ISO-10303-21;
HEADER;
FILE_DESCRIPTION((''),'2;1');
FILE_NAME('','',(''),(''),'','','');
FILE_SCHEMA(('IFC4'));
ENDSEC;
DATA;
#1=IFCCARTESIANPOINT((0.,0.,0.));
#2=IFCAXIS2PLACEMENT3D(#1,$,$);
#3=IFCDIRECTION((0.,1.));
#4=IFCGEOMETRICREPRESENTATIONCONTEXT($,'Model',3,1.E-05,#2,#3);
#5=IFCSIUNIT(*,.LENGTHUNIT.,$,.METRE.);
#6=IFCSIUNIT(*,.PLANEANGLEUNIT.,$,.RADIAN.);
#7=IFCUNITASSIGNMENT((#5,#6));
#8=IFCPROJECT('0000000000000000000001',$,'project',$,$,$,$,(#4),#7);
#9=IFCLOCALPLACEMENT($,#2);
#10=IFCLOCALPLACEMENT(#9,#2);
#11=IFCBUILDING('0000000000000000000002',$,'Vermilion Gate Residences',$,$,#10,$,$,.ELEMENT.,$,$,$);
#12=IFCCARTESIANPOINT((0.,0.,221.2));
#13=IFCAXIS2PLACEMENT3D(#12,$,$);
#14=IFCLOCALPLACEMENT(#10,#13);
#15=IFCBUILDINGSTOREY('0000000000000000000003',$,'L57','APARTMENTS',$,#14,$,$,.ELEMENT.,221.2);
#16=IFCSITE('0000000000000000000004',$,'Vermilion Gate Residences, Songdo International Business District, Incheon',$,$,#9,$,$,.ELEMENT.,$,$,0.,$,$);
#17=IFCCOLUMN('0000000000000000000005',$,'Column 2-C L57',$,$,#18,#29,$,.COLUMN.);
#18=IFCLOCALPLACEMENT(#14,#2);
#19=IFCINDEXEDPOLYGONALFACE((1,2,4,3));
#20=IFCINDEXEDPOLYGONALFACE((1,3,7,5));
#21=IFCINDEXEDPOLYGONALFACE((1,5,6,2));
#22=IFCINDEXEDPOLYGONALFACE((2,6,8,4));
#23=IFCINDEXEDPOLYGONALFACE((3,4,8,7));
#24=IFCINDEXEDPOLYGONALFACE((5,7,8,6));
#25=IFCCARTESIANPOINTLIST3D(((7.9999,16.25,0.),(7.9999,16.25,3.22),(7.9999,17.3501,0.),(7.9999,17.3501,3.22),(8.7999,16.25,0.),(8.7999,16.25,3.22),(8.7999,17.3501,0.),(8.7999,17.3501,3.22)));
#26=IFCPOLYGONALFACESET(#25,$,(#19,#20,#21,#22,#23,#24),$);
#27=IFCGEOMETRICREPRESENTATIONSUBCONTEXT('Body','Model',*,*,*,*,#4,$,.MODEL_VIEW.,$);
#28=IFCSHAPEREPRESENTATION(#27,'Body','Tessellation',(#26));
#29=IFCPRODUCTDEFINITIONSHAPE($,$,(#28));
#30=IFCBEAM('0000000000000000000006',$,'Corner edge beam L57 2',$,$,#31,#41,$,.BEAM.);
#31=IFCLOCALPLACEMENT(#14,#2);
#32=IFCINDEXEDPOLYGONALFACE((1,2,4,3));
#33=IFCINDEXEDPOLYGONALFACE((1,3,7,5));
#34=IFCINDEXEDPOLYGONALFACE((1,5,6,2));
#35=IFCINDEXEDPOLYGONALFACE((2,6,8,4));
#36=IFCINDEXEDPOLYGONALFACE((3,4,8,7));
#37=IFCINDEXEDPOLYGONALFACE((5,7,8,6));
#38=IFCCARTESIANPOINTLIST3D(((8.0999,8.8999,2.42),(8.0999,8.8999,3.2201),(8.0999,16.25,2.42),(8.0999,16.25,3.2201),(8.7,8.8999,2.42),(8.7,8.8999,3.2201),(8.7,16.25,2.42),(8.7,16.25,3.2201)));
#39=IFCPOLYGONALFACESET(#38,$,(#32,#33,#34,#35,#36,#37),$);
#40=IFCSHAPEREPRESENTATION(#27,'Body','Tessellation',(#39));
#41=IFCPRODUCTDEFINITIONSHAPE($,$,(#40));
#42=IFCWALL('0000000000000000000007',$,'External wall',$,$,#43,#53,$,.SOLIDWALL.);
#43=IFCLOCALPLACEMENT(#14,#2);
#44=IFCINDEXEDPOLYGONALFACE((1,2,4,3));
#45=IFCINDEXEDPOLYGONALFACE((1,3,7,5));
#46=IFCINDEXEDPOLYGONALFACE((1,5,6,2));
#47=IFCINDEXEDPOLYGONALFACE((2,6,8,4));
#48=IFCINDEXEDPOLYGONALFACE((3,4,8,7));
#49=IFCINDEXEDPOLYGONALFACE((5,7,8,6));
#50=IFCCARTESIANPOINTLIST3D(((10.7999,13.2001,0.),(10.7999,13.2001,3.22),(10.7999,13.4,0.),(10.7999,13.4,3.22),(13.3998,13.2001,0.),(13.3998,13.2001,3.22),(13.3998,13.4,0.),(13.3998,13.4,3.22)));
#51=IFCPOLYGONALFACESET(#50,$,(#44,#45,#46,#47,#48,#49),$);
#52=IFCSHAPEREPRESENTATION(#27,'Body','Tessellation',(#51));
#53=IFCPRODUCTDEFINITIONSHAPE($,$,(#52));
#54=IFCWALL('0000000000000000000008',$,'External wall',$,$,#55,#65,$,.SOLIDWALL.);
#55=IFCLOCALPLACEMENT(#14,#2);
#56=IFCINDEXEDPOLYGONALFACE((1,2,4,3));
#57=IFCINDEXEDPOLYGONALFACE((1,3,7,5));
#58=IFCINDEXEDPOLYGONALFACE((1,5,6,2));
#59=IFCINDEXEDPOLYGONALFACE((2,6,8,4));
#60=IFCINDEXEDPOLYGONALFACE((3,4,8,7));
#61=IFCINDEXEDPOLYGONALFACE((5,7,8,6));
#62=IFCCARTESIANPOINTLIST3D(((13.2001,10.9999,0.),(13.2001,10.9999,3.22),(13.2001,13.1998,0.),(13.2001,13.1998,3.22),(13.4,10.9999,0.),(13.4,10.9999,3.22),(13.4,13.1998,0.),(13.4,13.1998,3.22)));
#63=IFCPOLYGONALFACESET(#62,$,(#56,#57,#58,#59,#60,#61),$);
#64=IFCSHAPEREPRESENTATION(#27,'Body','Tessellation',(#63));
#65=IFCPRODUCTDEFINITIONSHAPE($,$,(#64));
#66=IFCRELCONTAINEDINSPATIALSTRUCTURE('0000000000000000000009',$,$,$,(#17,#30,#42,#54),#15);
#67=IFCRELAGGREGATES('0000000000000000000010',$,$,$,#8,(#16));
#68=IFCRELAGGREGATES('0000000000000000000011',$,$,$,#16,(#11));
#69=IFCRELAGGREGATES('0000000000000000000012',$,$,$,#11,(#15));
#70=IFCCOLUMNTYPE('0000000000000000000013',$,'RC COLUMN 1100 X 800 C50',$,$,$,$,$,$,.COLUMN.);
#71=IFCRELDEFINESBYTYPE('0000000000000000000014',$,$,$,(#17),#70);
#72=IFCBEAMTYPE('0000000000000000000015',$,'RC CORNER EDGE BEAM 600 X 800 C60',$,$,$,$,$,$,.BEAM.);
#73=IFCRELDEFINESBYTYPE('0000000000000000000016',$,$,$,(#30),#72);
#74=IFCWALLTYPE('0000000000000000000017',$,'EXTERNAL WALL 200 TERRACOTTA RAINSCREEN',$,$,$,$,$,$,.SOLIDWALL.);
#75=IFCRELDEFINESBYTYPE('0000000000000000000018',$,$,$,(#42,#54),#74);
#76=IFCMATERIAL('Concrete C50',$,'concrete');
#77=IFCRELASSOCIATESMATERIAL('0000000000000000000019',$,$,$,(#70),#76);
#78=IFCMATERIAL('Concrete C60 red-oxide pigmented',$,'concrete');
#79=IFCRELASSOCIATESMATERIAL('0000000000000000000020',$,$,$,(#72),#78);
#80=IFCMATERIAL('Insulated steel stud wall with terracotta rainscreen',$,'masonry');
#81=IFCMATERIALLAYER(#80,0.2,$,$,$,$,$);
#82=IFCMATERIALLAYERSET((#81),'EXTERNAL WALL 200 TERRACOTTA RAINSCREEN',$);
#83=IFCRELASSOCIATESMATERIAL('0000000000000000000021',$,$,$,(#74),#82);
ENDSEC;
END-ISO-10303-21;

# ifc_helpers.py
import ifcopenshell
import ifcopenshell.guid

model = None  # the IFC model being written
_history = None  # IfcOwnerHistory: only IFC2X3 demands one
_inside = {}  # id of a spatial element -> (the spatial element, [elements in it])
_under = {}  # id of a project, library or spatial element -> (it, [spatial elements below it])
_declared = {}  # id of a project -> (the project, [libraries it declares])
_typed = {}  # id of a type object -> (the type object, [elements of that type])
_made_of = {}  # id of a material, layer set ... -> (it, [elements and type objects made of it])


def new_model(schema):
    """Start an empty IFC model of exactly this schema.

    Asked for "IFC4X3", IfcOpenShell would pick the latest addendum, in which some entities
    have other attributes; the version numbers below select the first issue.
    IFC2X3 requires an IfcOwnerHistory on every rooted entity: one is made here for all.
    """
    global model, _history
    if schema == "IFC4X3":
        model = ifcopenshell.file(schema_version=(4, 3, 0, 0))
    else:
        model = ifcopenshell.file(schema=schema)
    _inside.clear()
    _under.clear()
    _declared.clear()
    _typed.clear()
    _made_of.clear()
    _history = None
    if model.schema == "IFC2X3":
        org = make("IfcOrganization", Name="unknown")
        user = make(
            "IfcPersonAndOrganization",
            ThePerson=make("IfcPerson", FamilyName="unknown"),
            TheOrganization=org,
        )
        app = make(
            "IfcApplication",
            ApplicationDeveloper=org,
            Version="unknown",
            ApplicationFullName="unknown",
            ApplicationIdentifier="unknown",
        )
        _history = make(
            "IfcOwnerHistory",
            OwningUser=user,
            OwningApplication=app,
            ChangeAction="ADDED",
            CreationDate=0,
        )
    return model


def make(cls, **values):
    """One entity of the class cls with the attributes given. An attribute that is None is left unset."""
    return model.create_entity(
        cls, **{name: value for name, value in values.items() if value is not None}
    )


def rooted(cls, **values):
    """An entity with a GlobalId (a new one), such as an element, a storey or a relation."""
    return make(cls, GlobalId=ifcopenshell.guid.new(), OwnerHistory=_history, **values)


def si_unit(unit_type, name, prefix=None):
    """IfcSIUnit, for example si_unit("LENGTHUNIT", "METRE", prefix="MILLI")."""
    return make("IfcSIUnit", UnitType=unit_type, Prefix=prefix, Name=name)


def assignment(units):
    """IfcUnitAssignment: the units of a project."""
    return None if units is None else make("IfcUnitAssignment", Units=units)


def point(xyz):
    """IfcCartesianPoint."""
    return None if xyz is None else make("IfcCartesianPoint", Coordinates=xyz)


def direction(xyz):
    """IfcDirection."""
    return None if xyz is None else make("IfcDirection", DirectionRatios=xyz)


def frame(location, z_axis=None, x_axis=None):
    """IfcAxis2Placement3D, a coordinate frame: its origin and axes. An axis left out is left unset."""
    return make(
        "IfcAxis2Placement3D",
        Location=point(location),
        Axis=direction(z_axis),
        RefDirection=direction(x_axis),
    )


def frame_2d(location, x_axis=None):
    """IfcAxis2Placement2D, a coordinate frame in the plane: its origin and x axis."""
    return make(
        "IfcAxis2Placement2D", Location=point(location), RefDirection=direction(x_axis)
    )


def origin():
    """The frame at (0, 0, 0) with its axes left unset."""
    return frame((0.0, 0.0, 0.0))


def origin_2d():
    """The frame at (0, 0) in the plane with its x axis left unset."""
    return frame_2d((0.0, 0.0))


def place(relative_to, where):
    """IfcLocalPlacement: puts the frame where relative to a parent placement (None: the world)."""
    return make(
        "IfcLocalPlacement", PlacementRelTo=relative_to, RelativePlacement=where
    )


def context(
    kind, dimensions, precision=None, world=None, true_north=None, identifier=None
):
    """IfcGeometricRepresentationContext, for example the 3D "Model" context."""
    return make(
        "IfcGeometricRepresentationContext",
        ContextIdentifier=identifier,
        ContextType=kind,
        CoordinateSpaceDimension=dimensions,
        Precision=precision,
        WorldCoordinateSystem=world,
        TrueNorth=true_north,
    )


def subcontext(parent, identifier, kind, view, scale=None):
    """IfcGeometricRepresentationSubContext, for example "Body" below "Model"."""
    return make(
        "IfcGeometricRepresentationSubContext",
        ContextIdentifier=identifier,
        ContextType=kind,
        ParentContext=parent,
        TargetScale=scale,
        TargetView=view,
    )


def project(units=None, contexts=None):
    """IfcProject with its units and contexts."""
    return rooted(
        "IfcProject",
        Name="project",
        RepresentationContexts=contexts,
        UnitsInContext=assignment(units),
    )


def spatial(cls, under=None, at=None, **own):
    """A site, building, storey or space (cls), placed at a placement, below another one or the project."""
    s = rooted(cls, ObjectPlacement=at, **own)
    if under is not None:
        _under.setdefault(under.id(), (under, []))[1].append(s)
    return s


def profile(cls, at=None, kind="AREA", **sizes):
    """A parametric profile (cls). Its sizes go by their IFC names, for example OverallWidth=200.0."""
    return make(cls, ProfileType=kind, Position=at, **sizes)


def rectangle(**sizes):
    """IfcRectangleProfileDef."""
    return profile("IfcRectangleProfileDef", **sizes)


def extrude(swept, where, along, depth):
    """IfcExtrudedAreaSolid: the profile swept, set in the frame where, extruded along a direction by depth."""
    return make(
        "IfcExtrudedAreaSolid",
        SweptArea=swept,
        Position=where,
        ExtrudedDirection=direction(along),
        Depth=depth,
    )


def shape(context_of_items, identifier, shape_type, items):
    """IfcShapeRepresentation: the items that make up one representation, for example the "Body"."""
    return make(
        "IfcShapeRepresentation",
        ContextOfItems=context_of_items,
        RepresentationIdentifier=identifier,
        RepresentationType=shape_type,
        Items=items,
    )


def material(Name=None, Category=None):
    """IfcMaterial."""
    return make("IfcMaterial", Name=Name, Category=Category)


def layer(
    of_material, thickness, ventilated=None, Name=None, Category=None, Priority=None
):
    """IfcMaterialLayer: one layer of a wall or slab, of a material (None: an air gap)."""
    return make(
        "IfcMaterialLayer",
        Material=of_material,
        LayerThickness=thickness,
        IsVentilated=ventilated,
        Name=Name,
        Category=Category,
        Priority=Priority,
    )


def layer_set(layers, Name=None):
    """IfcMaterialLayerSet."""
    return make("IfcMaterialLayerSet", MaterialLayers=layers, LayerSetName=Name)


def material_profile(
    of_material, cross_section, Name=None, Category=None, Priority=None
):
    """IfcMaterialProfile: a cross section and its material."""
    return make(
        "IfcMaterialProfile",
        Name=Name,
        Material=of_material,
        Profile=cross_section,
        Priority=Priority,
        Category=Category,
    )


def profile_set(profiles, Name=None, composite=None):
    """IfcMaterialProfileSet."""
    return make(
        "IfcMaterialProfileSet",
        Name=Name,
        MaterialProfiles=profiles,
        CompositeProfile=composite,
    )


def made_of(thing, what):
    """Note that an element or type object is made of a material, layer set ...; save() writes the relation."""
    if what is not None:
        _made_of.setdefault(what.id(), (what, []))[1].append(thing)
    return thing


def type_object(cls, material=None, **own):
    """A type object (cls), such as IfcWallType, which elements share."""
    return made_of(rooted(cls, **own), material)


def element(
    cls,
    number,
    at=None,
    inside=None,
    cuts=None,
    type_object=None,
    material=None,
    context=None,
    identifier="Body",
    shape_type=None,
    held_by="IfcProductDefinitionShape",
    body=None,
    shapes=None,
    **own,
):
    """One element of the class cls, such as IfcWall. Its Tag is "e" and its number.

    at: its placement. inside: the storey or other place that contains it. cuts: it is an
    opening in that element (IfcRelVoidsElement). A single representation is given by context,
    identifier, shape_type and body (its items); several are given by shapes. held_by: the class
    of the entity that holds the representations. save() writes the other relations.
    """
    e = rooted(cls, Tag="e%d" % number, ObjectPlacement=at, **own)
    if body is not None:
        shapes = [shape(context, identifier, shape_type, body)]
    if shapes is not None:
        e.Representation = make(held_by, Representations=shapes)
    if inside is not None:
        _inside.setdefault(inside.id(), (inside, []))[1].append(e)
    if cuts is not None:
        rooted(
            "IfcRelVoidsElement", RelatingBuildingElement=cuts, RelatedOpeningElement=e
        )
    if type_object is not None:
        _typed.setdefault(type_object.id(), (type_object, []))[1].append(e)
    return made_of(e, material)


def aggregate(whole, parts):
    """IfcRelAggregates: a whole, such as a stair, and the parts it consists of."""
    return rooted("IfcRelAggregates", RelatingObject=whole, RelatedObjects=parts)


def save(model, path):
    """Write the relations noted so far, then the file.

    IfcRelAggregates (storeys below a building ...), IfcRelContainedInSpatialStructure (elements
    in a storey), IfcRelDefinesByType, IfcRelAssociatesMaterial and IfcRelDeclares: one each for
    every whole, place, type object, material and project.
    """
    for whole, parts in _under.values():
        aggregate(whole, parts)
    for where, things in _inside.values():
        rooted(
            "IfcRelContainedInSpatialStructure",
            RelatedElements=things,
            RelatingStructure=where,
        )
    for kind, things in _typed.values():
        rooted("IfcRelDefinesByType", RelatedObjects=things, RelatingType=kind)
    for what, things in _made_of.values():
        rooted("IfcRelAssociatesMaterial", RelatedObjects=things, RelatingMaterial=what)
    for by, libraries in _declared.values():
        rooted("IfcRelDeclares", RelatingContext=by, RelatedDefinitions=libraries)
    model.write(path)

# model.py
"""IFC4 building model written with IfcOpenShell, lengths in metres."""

from ifc_helpers import new_model, si_unit, direction, frame, frame_2d, origin, origin_2d, place, context, subcontext, project, spatial, rectangle, extrude, material, layer, layer_set, material_profile, profile_set, type_object, element, save


model = new_model("IFC4")

# Units and contexts
model_context = context("Model", 3, precision=1e-05, world=origin(), true_north=direction((0.0, 1.0)))
body_context = subcontext(model_context, "Body", "Model", "MODEL_VIEW")
ifc_project = project(units=[si_unit("LENGTHUNIT", "METRE"), si_unit("PLANEANGLEUNIT", "RADIAN")], contexts=[model_context])

# Site, building, storey
site_placement = place(None, origin())
site = spatial("IfcSite", under=ifc_project, at=site_placement, Name="Vermilion Gate Residences, Songdo International Business District, Incheon", CompositionType="ELEMENT", RefElevation=0.0)
building_placement = place(site_placement, origin())
building = spatial("IfcBuilding", under=site, at=building_placement, Name="Vermilion Gate Residences", CompositionType="ELEMENT")
storey_placement = place(building_placement, frame((0.0, 0.0, 221.2)))
storey = spatial("IfcBuildingStorey", under=building, at=storey_placement, Name="L57", Description="APARTMENTS", CompositionType="ELEMENT", Elevation=221.2)

# Column
ifc_material_1 = material(Name="Concrete C50", Category="concrete")
ifc_material_profile_1 = material_profile(ifc_material_1, rectangle(XDim=1.1001, YDim=0.8, at=origin_2d()), Name="RC-1100x800")
ifc_profile_set_1 = profile_set([ifc_material_profile_1], Name="Concrete C50")
column_type = type_object("IfcColumnType", Name="RC COLUMN 1100 X 800 C50", PredefinedType="COLUMN", material=ifc_profile_set_1)
column_placement = place(storey_placement, frame((8.3999, 16.8, 0.0), z_axis=(0.0, 0.0, 1.0), x_axis=(0.0, 1.0, 0.0)))
element("IfcColumn", 1, at=column_placement, inside=storey, type_object=column_type, Name="Column 2-C L57", PredefinedType="COLUMN", context=body_context, shape_type="SweptSolid", body=[
    extrude(rectangle(XDim=1.1001, YDim=0.8, at=origin_2d()), origin(), (0.0, 0.0, 1.0), 3.22),
])

# Beam
ifc_material_2 = material(Name="Concrete C60 red-oxide pigmented", Category="concrete")
ifc_material_profile_2 = material_profile(ifc_material_2, rectangle(XDim=0.6001, YDim=0.8, at=origin_2d()), Name="RC-600x800")
ifc_profile_set_2 = profile_set([ifc_material_profile_2], Name="Concrete C60 red-oxide pigmented")
beam_type = type_object("IfcBeamType", Name="RC CORNER EDGE BEAM 600 X 800 C60", PredefinedType="BEAM", material=ifc_profile_set_2)
beam_placement = place(storey_placement, frame((8.3999, 8.8999, 2.8201), z_axis=(0.0, 1.0, 0.0), x_axis=(-1.0, 0.0, 0.0)))
element("IfcBeam", 2, at=beam_placement, inside=storey, type_object=beam_type, Name="Corner edge beam L57 2", PredefinedType="BEAM", context=body_context, shape_type="SweptSolid", body=[
    extrude(rectangle(XDim=0.6001, YDim=0.8, at=origin_2d()), origin(), (0.0, 0.0, 1.0), 7.3501),
])

# Walls
ifc_material_3 = material(Name="Insulated steel stud wall with terracotta rainscreen", Category="masonry")
ifc_layer_1 = layer(ifc_material_3, 0.2)
ifc_layer_set_1 = layer_set([ifc_layer_1], Name="EXTERNAL WALL 200 TERRACOTTA RAINSCREEN")
wall_type_1 = type_object("IfcWallType", Name="EXTERNAL WALL 200 TERRACOTTA RAINSCREEN", PredefinedType="SOLIDWALL", material=ifc_layer_set_1)
wall_1_placement = place(storey_placement, frame((10.8, 13.3, 0.0), z_axis=(0.0, 0.0, 1.0), x_axis=(1.0, 0.0, 0.0)))
element("IfcWall", 3, at=wall_1_placement, inside=storey, type_object=wall_type_1, Name="External wall", PredefinedType="SOLIDWALL", context=body_context, shape_type="SweptSolid", body=[
    extrude(rectangle(XDim=2.5999, YDim=0.2, at=frame_2d((1.2998, 0.0))), origin(), (0.0, 0.0, 1.0), 3.22),
])
wall_2_placement = place(storey_placement, frame((13.3, 13.2, 0.0), z_axis=(0.0, 0.0, 1.0), x_axis=(0.0, -1.0, 0.0)))
element("IfcWall", 4, at=wall_2_placement, inside=storey, type_object=wall_type_1, Name="External wall", PredefinedType="SOLIDWALL", context=body_context, shape_type="SweptSolid", body=[
    extrude(rectangle(XDim=2.2, YDim=0.2, at=frame_2d((1.1001, 0.0))), origin(), (0.0, 0.0, 1.0), 3.22),
])

save(model, "model.ifc")
